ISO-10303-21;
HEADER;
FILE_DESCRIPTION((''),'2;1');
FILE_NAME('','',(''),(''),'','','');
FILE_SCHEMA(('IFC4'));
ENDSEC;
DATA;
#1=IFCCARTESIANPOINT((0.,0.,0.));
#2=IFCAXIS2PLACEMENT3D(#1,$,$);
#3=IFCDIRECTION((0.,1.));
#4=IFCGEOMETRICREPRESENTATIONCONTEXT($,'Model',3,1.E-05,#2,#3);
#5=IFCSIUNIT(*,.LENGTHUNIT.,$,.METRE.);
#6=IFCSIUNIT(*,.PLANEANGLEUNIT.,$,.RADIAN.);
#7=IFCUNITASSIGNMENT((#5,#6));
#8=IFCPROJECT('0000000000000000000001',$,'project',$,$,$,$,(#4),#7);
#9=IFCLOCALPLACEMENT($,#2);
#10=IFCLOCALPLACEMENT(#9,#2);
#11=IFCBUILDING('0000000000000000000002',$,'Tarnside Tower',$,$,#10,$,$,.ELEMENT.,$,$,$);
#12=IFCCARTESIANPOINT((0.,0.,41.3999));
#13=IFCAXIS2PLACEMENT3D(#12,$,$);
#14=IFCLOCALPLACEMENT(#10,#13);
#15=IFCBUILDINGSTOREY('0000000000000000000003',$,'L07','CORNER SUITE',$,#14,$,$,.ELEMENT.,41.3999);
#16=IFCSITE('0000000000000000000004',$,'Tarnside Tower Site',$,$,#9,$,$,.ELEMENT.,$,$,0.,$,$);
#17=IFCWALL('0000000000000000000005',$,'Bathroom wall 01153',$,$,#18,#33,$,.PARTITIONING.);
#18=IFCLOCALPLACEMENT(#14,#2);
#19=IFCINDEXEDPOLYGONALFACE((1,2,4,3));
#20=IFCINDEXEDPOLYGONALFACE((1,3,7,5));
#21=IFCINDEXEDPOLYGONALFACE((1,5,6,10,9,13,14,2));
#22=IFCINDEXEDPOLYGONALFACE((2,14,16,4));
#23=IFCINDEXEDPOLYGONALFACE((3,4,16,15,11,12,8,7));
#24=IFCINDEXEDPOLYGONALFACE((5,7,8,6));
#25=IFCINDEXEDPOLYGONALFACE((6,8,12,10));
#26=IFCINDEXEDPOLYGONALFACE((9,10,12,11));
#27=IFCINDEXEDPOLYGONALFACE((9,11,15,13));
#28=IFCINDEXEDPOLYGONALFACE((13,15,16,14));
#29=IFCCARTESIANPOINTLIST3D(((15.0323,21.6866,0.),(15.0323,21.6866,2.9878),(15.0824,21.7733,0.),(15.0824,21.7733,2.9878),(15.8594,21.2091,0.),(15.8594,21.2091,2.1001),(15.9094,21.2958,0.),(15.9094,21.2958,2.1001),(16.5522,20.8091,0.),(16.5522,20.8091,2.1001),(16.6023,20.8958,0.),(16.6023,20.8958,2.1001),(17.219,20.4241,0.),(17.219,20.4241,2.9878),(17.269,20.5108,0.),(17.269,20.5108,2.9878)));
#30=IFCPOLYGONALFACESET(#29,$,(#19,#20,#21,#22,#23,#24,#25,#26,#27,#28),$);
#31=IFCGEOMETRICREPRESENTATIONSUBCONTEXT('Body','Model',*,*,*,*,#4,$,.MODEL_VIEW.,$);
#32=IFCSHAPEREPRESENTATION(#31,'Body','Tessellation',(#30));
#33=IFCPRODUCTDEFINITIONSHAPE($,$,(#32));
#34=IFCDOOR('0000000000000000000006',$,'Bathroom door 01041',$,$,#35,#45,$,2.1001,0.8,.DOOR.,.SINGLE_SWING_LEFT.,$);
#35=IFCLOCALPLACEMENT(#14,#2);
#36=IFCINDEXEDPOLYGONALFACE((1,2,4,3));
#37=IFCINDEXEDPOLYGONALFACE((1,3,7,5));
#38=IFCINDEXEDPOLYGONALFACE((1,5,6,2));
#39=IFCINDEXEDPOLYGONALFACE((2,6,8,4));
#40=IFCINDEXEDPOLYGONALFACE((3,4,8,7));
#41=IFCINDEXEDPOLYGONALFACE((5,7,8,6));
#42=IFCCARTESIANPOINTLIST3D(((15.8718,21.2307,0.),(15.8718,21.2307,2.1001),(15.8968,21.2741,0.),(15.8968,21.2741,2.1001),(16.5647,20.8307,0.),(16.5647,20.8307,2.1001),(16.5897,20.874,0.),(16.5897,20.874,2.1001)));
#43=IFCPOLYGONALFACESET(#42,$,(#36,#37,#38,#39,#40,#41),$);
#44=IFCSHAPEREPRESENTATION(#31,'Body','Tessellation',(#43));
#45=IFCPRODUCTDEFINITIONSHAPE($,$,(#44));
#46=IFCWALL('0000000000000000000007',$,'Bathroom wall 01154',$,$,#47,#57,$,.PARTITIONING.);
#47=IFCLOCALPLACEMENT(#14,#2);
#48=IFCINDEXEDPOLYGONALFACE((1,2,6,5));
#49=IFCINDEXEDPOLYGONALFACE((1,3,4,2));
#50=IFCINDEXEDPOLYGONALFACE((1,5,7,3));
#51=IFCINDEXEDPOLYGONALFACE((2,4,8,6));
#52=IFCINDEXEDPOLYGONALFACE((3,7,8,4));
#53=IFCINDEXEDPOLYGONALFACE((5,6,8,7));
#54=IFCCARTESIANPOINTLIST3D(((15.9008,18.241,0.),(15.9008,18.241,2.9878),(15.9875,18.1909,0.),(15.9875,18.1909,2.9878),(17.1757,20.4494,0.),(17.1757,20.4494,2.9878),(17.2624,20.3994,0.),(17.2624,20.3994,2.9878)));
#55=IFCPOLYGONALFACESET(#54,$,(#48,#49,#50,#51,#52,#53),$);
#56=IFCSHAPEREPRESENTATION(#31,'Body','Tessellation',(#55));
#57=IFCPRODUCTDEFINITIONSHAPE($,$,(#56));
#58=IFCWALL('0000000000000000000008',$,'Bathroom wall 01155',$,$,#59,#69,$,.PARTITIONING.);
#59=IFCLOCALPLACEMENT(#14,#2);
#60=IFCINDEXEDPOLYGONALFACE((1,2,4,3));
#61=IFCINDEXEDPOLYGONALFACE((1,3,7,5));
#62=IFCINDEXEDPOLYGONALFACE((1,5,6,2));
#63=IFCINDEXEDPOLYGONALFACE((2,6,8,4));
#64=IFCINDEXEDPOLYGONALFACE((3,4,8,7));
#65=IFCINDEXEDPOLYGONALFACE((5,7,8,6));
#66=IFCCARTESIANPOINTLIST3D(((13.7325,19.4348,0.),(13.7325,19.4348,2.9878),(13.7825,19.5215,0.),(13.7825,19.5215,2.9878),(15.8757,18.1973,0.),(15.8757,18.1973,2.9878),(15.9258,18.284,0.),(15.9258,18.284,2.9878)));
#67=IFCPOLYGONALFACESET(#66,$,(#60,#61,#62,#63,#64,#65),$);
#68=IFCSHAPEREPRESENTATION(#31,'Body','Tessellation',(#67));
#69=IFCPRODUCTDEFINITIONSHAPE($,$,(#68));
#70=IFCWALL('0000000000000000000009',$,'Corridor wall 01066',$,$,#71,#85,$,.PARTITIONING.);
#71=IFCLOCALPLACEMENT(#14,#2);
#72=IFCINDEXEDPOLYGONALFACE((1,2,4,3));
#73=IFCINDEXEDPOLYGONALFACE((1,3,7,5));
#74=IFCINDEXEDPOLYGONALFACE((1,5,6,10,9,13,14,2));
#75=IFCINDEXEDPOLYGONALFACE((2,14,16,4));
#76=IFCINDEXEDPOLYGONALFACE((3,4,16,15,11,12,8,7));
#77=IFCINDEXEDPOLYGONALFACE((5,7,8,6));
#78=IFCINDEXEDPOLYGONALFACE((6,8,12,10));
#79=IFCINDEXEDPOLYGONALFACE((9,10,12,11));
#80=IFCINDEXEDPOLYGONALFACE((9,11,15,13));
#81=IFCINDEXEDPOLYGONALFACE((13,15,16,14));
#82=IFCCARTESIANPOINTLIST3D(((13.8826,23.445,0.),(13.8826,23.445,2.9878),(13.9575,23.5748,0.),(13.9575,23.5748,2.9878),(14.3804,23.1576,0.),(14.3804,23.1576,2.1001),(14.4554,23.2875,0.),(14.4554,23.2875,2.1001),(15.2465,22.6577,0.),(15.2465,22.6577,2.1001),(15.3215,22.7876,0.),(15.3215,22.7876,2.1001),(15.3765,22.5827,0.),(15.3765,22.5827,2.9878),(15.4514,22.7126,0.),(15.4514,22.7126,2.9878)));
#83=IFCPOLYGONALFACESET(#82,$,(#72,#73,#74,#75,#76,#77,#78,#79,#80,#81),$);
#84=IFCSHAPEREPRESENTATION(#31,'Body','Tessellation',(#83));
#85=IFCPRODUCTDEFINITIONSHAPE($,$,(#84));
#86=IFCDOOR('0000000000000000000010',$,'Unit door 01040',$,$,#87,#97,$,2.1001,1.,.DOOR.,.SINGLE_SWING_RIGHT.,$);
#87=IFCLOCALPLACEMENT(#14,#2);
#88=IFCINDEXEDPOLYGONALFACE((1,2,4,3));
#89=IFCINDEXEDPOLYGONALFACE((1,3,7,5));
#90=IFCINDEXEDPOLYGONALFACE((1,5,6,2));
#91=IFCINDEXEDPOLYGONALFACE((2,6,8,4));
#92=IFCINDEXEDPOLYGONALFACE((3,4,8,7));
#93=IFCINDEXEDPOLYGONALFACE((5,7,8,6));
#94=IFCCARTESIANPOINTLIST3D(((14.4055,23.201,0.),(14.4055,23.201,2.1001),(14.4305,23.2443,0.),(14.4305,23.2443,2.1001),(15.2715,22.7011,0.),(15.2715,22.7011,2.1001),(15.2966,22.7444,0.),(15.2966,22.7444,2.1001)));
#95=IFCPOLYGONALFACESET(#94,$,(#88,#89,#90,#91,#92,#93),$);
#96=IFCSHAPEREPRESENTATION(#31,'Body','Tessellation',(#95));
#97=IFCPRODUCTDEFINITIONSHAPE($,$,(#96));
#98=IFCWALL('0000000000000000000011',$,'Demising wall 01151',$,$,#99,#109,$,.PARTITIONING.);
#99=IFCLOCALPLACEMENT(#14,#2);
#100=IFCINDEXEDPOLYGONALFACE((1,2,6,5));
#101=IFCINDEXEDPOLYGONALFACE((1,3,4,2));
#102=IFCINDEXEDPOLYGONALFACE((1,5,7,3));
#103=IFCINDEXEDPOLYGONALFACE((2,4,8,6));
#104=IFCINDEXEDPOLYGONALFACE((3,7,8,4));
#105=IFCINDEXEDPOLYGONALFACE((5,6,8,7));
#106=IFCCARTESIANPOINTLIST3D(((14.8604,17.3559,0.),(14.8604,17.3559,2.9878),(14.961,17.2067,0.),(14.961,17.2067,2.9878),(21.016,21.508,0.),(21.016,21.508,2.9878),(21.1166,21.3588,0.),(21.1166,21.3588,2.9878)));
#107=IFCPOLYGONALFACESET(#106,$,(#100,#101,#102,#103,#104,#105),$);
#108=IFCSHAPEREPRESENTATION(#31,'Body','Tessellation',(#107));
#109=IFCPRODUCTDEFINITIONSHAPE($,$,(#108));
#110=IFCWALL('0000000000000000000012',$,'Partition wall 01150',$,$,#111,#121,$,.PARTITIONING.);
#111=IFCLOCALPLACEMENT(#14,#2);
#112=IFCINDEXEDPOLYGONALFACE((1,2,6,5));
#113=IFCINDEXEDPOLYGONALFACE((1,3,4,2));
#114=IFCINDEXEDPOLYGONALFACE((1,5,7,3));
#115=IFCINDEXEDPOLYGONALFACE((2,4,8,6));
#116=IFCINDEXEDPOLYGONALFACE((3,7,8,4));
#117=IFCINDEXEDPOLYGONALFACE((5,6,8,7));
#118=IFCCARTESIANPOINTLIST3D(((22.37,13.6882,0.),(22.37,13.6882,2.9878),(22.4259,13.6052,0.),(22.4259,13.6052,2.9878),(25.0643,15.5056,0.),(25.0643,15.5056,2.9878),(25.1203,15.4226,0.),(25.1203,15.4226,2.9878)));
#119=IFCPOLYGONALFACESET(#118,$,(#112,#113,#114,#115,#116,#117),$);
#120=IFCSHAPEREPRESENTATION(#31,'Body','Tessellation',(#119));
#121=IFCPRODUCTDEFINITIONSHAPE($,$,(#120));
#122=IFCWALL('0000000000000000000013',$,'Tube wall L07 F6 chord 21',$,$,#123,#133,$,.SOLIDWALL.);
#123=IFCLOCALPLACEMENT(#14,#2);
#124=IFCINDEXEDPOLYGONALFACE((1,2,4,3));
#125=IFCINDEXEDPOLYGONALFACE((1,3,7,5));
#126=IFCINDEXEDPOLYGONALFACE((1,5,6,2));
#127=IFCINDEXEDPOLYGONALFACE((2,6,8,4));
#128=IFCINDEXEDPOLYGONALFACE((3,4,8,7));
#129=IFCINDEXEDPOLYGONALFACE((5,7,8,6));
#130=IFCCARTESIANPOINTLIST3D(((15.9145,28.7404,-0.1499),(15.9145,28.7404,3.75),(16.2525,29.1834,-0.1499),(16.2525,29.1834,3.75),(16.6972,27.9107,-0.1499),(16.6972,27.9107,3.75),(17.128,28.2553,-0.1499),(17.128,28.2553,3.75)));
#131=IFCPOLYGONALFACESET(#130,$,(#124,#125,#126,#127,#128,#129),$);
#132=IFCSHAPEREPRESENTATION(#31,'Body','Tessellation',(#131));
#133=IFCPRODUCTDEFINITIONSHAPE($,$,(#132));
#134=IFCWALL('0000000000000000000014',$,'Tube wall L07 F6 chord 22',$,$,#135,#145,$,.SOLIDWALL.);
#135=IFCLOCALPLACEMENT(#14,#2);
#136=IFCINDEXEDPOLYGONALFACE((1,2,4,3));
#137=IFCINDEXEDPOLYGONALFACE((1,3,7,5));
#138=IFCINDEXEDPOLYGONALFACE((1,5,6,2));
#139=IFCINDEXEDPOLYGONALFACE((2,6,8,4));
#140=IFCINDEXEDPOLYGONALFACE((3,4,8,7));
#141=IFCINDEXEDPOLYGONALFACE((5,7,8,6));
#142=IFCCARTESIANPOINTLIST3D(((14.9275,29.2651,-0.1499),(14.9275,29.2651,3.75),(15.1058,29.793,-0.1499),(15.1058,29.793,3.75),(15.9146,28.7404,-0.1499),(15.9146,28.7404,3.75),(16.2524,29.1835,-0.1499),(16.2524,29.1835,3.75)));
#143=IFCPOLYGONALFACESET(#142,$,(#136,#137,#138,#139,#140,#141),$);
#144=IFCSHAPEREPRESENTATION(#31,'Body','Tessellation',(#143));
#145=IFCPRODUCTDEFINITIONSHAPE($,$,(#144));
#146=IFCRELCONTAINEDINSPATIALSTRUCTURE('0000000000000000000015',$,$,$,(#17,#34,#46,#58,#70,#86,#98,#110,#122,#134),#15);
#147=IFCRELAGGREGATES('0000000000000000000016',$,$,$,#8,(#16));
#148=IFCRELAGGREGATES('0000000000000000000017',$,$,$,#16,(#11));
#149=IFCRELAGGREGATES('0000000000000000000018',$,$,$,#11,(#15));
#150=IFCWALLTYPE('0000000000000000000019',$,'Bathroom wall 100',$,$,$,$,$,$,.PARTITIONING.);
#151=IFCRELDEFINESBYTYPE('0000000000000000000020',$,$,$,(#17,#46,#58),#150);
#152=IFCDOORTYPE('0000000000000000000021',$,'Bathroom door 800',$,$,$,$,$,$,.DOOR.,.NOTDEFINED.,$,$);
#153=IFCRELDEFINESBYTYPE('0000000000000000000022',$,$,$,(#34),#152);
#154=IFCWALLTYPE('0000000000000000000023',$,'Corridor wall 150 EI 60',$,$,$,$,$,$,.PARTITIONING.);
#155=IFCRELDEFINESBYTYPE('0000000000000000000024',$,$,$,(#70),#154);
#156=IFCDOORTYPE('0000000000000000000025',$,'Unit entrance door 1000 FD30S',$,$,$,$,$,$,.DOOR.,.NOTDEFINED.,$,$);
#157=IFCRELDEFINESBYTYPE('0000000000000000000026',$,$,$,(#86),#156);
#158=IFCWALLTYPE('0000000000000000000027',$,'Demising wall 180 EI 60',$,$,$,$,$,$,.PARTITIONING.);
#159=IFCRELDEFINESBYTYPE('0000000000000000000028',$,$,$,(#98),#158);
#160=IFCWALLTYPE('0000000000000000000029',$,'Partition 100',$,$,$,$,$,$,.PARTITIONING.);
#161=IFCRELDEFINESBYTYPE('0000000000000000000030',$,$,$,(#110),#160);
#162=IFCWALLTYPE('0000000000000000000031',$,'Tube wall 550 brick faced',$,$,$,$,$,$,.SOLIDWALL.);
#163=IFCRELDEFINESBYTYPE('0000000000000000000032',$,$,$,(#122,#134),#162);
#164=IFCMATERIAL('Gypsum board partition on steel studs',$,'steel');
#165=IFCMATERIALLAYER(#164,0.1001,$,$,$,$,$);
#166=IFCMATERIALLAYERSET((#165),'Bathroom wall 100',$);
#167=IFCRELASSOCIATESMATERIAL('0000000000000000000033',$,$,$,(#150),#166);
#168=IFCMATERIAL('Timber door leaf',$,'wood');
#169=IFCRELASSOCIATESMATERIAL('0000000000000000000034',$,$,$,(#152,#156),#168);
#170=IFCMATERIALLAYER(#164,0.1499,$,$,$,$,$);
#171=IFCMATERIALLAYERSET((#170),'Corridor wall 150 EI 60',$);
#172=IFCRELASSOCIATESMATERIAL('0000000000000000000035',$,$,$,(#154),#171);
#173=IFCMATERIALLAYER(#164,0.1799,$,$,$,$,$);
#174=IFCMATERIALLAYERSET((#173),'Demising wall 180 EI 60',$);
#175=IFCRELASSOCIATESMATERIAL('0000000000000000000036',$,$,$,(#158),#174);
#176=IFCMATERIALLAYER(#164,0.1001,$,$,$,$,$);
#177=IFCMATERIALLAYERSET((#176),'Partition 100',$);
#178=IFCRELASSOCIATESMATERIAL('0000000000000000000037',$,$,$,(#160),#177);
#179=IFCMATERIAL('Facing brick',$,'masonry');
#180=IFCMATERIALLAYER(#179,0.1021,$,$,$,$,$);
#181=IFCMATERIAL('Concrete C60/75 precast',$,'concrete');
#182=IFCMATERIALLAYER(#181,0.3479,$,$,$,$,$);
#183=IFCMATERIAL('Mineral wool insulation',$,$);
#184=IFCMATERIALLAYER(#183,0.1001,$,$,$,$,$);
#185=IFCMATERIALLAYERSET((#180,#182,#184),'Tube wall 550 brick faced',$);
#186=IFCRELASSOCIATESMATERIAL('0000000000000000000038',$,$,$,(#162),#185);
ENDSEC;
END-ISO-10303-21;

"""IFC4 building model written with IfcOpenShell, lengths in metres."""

from ifc_helpers import new_model, si_unit, direction, frame, frame_2d, origin, place, context, subcontext, project, spatial, polyline, rectangle, outline, extrude, material, layer, layer_set, type_object, element, fill, save


model = new_model("IFC4")

# Units and contexts
model_context = context("Model", 3, precision=1e-05, world=origin(), true_north=direction((0.0, 1.0)))
body_context = subcontext(model_context, "Body", "Model", "MODEL_VIEW")
ifc_project = project(units=[si_unit("LENGTHUNIT", "METRE"), si_unit("PLANEANGLEUNIT", "RADIAN")], contexts=[model_context])

# Site, building, storey
site_placement = place(None, origin())
site = spatial("IfcSite", under=ifc_project, at=site_placement, Name="Tarnside Tower Site", CompositionType="ELEMENT", RefElevation=0.0)
building_placement = place(site_placement, origin())
building = spatial("IfcBuilding", under=site, at=building_placement, Name="Tarnside Tower", CompositionType="ELEMENT")
storey_placement = place(building_placement, frame((0.0, 0.0, 41.3999)))
storey = spatial("IfcBuildingStorey", under=building, at=storey_placement, Name="L07", Description="CORNER SUITE", CompositionType="ELEMENT", Elevation=41.3999)

# Shared definitions
ifc_material_1 = material(Name="Gypsum board partition on steel studs", Category="steel")
ifc_layer_1 = layer(ifc_material_1, 0.1001)
ifc_layer_set_1 = layer_set([ifc_layer_1], Name="Bathroom wall 100")
wall_type_1 = type_object("IfcWallType", Name="Bathroom wall 100", PredefinedType="PARTITIONING", material=ifc_layer_set_1)

# Wall, opening, door
ifc_material_2 = material(Name="Timber door leaf", Category="wood")
door_type_1 = type_object("IfcDoorType", Name="Bathroom door 800", OperationType="NOTDEFINED", PredefinedType="DOOR", material=ifc_material_2)
wall_1_placement = place(storey_placement, frame((15.0574, 21.73, 0.0), z_axis=(0.0, 0.0, 1.0), x_axis=(0.866015, -0.500018, 0.0)))
wall_1 = element("IfcWall", 1, at=wall_1_placement, inside=storey, type_object=wall_type_1, Name="Bathroom wall 01153", PredefinedType="PARTITIONING", context=body_context, shape_type="SweptSolid", body=[
    extrude(rectangle(XDim=2.5249, YDim=0.1001, at=frame_2d((1.2625, 0.0))), origin(), (0.0, 0.0, 1.0), 2.9878),
])
opening_1_placement = place(wall_1_placement, frame((0.9551, 0.0, 0.0)))
opening_1 = element("IfcOpeningElement", 2, at=opening_1_placement, cuts=wall_1, PredefinedType="OPENING", context=body_context, shape_type="SweptSolid", body=[
    extrude(rectangle(XDim=0.8, YDim=2.1001, at=frame_2d((0.3999, 1.05))), frame((0.0, 0.0601, 0.0), z_axis=(0.0, -1.0, 0.0), x_axis=(1.0, 0.0, 0.0)), (0.0, 0.0, 1.0), 0.1201),
])
door_1_placement = place(opening_1_placement, origin())
door_1 = element("IfcDoor", 3, at=door_1_placement, inside=storey, type_object=door_type_1, Name="Bathroom door 01041", OperationType="SINGLE_SWING_LEFT", OverallHeight=2.1001, OverallWidth=0.8, PredefinedType="DOOR", context=body_context, shape_type="SweptSolid", body=[
    extrude(rectangle(XDim=0.8, YDim=2.1001, at=frame_2d((0.3999, 1.05))), frame((0.0, 0.0249, 0.0), z_axis=(0.0, -1.0, 0.0), x_axis=(1.0, 0.0, 0.0)), (0.0, 0.0, 1.0), 0.05),
])
fill(opening_1, door_1)

# Walls
wall_2_placement = place(storey_placement, frame((17.219, 20.4243, 0.0), z_axis=(0.0, 0.0, 1.0), x_axis=(-0.499949, -0.866055, 0.0)))
element("IfcWall", 4, at=wall_2_placement, inside=storey, type_object=wall_type_1, Name="Bathroom wall 01154", PredefinedType="PARTITIONING", context=body_context, shape_type="SweptSolid", body=[
    extrude(rectangle(XDim=2.55, YDim=0.1001, at=frame_2d((1.2749, 0.0))), origin(), (0.0, 0.0, 1.0), 2.9878),
])
wall_3_placement = place(storey_placement, frame((15.9006, 18.2407, 0.0), z_axis=(0.0, 0.0, 1.0), x_axis=(-0.866007, 0.500033, 0.0)))
element("IfcWall", 5, at=wall_3_placement, inside=storey, type_object=wall_type_1, Name="Bathroom wall 01155", PredefinedType="PARTITIONING", context=body_context, shape_type="SweptSolid", body=[
    extrude(rectangle(XDim=2.4749, YDim=0.1001, at=frame_2d((1.2373, 0.0))), origin(), (0.0, 0.0, 1.0), 2.9878),
])

# Wall, opening, door
ifc_layer_2 = layer(ifc_material_1, 0.1499)
ifc_layer_set_2 = layer_set([ifc_layer_2], Name="Corridor wall 150 EI 60")
wall_type_2 = type_object("IfcWallType", Name="Corridor wall 150 EI 60", PredefinedType="PARTITIONING", material=ifc_layer_set_2)
wall_4_placement = place(storey_placement, frame((15.4138, 22.6477, 0.0), z_axis=(0.0, 0.0, 1.0), x_axis=(-0.866075, 0.499914, 0.0)))
wall_4 = element("IfcWall", 6, at=wall_4_placement, inside=storey, type_object=wall_type_2, Name="Corridor wall 01066", PredefinedType="PARTITIONING", context=body_context, shape_type="SweptSolid", body=[
    extrude(rectangle(XDim=1.7249, YDim=0.1499, at=frame_2d((0.8623, 0.0))), origin(), (0.0, 0.0, 1.0), 2.9878),
])
opening_2_placement = place(wall_4_placement, frame((0.1499, 0.0, 0.0)))
opening_2 = element("IfcOpeningElement", 7, at=opening_2_placement, cuts=wall_4, PredefinedType="OPENING", context=body_context, shape_type="SweptSolid", body=[
    extrude(rectangle(XDim=1.0, YDim=2.1001, at=frame_2d((0.5, 1.05))), frame((0.0, 0.085, 0.0), z_axis=(0.0, -1.0, 0.0), x_axis=(1.0, 0.0, 0.0)), (0.0, 0.0, 1.0), 0.1699),
])
door_type_2 = type_object("IfcDoorType", Name="Unit entrance door 1000 FD30S", OperationType="NOTDEFINED", PredefinedType="DOOR", material=ifc_material_2)
door_2_placement = place(opening_2_placement, origin())
door_2 = element("IfcDoor", 8, at=door_2_placement, inside=storey, type_object=door_type_2, Name="Unit door 01040", OperationType="SINGLE_SWING_RIGHT", OverallHeight=2.1001, OverallWidth=1.0, PredefinedType="DOOR", context=body_context, shape_type="SweptSolid", body=[
    extrude(rectangle(XDim=1.0, YDim=2.1001, at=frame_2d((0.5, 1.05))), frame((0.0, 0.0249, 0.0), z_axis=(0.0, -1.0, 0.0), x_axis=(1.0, 0.0, 0.0)), (0.0, 0.0, 1.0), 0.05),
])
fill(opening_2, door_2)

# Walls
ifc_layer_3 = layer(ifc_material_1, 0.1799)
ifc_layer_set_3 = layer_set([ifc_layer_3], Name="Demising wall 180 EI 60")
wall_type_3 = type_object("IfcWallType", Name="Demising wall 180 EI 60", PredefinedType="PARTITIONING", material=ifc_layer_set_3)
wall_5_placement = place(storey_placement, frame((21.0662, 21.4333, 0.0), z_axis=(0.0, 0.0, 1.0), x_axis=(-0.829028, -0.559207, 0.0)))
element("IfcWall", 9, at=wall_5_placement, inside=storey, type_object=wall_type_3, Name="Demising wall 01151", PredefinedType="PARTITIONING", context=body_context, shape_type="SweptSolid", body=[
    extrude(rectangle(XDim=7.425, YDim=0.1799, at=frame_2d((3.7124, 0.0))), origin(), (0.0, 0.0, 1.0), 2.9878),
])
ifc_layer_4 = layer(ifc_material_1, 0.1001)
ifc_layer_set_4 = layer_set([ifc_layer_4], Name="Partition 100")
wall_type_4 = type_object("IfcWallType", Name="Partition 100", PredefinedType="PARTITIONING", material=ifc_layer_set_4)
wall_6_placement = place(storey_placement, frame((22.3979, 13.6467, 0.0), z_axis=(0.0, 0.0, 1.0), x_axis=(0.829033, 0.559199, 0.0)))
element("IfcWall", 10, at=wall_6_placement, inside=storey, type_object=wall_type_4, Name="Partition wall 01150", PredefinedType="PARTITIONING", context=body_context, shape_type="SweptSolid", body=[
    extrude(rectangle(XDim=3.25, YDim=0.1001, at=frame_2d((1.625, 0.0))), origin(), (0.0, 0.0, 1.0), 2.9878),
])
ifc_material_3 = material(Name="Facing brick", Category="masonry")
ifc_layer_5 = layer(ifc_material_3, 0.1021)
ifc_material_4 = material(Name="Concrete C60/75 precast", Category="concrete")
ifc_layer_6 = layer(ifc_material_4, 0.3479)
ifc_material_5 = material(Name="Mineral wool insulation")
ifc_layer_7 = layer(ifc_material_5, 0.1001)
ifc_layer_set_5 = layer_set([ifc_layer_5, ifc_layer_6, ifc_layer_7], Name="Tube wall 550 brick faced")
wall_type_5 = type_object("IfcWallType", Name="Tube wall 550 brick faced", PredefinedType="SOLIDWALL", material=ifc_layer_set_5)
wall_7_placement = place(storey_placement, frame((16.9126, 28.083, -0.1499), z_axis=(0.0, 0.0, 1.0), x_axis=(-0.686196, 0.727416, 0.0)))
element("IfcWall", 11, at=wall_7_placement, inside=storey, type_object=wall_type_5, Name="Tube wall L07 F6 chord 21", PredefinedType="SOLIDWALL", context=body_context, shape_type="SweptSolid", body=[
    extrude(outline(polyline([(-0.0225, -0.2749), (1.2534, -0.2749), (1.1631, 0.2749), (0.0225, 0.2749), (-0.0225, -0.2749)])), origin(), (0.0, 0.0, 1.0), 3.8999),
])
wall_8_placement = place(storey_placement, frame((16.0835, 28.9619, -0.1499), z_axis=(0.0, 0.0, 1.0), x_axis=(-0.882995, 0.469382, 0.0)))
element("IfcWall", 12, at=wall_8_placement, inside=storey, type_object=wall_type_5, Name="Tube wall L07 F6 chord 22", PredefinedType="SOLIDWALL", context=body_context, shape_type="SweptSolid", body=[
    extrude(outline(polyline([(-0.0452, -0.2749), (1.2534, -0.2749), (1.1631, 0.2749), (0.0452, 0.2749), (-0.0452, -0.2749)])), origin(), (0.0, 0.0, 1.0), 3.8999),
])

save(model, "model.ifc")
